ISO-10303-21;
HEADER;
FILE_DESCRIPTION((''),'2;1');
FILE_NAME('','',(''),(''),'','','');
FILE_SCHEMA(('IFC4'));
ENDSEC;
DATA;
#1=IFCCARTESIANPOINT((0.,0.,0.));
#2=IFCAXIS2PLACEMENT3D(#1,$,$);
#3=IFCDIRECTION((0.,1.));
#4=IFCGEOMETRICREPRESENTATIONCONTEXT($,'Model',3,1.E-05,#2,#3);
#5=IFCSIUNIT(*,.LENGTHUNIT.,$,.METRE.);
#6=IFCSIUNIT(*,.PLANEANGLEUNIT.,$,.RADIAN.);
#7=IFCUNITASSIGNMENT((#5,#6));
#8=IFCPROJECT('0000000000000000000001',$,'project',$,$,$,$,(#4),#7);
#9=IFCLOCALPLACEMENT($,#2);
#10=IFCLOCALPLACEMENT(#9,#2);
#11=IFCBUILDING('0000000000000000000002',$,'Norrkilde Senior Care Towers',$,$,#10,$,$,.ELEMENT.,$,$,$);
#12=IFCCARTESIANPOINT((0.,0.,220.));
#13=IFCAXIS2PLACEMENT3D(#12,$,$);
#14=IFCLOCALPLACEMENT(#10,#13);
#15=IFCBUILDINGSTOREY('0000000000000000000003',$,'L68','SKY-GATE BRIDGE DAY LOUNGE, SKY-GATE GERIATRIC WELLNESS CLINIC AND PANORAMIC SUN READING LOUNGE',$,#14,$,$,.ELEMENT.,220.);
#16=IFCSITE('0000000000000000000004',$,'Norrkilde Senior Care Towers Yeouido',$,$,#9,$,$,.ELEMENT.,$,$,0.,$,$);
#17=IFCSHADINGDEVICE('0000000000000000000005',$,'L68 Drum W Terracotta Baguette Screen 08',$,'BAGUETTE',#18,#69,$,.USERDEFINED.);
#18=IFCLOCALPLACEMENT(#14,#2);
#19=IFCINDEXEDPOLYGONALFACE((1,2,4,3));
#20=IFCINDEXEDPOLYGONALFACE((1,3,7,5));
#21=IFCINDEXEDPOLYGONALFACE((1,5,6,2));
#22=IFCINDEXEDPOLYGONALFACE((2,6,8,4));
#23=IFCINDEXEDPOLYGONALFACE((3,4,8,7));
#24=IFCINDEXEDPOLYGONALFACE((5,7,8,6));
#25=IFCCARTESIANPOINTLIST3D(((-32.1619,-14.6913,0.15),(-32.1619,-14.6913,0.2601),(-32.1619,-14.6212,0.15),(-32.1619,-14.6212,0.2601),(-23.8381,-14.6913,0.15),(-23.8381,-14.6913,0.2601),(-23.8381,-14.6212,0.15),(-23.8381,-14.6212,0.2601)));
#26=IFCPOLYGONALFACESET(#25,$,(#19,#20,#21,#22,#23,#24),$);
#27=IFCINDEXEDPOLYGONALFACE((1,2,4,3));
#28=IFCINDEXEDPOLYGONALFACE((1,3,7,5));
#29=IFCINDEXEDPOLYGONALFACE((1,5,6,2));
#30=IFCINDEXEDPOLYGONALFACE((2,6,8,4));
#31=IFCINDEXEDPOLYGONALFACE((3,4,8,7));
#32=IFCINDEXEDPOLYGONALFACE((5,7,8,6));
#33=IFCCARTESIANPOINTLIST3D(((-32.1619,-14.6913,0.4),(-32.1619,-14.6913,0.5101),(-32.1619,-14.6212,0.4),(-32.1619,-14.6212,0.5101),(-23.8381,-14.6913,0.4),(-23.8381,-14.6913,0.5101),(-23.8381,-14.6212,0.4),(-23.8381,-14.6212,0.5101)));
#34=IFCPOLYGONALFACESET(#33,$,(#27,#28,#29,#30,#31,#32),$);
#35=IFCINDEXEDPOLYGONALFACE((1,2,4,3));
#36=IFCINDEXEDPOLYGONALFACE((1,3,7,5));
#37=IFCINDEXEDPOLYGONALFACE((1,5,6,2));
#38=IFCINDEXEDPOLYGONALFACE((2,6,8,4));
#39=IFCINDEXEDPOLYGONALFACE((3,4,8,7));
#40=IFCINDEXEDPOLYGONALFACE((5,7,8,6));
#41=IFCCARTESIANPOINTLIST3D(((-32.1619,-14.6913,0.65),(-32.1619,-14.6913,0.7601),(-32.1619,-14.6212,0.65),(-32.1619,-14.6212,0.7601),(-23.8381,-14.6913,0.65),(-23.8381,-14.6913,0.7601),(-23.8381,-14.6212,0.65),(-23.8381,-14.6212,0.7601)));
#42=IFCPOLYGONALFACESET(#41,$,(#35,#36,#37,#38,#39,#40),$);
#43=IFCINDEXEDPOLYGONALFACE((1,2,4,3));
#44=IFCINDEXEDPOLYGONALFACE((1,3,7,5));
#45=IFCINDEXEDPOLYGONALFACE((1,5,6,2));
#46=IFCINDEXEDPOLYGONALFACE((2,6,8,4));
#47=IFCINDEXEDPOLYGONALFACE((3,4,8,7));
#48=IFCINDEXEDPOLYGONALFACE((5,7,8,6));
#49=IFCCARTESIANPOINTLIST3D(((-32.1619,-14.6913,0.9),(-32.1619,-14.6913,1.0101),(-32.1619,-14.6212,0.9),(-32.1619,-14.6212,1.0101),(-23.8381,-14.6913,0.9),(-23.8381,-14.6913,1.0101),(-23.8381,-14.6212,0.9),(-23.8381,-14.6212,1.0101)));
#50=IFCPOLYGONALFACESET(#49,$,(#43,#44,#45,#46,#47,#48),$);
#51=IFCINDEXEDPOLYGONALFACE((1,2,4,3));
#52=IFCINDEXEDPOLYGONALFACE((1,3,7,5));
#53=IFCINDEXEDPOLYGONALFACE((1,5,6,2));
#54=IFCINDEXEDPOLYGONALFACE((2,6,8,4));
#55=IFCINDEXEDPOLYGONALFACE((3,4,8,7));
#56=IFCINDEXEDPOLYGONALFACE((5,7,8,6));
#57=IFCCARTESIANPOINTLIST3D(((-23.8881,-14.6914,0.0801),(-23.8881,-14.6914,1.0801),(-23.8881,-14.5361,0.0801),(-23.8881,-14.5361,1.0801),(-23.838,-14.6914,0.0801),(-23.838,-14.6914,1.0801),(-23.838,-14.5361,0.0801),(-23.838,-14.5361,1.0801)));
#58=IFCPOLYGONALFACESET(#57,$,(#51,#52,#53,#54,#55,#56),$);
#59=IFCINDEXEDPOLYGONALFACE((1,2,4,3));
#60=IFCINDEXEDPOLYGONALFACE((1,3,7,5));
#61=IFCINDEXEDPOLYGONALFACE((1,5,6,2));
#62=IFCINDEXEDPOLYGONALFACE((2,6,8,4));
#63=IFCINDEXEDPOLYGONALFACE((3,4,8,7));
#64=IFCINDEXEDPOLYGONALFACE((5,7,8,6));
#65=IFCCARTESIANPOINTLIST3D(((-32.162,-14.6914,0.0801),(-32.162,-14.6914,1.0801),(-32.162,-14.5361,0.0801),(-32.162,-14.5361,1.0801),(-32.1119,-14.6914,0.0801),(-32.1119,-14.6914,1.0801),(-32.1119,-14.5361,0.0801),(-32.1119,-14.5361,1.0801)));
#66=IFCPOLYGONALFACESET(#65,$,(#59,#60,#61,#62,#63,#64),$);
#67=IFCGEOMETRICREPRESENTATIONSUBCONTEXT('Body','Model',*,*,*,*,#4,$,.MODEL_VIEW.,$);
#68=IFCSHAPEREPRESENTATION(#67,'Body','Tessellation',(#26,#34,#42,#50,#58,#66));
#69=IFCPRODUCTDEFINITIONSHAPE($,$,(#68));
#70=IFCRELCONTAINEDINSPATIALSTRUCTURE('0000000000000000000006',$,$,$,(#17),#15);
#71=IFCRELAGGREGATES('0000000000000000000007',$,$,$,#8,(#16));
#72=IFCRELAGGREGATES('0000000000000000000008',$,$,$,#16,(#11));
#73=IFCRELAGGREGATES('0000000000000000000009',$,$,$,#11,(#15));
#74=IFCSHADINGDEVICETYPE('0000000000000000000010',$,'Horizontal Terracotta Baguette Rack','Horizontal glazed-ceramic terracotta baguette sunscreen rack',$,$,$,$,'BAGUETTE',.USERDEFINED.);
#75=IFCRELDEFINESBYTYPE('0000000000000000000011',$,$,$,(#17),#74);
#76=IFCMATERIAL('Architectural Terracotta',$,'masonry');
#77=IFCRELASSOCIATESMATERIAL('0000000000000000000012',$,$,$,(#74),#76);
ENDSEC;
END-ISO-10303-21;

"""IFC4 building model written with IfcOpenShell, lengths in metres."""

from ifc_helpers import new_model, si_unit, direction, frame, origin, origin_2d, place, context, subcontext, project, spatial, rectangle, extrude, source, transform, mapped, material, type_object, type_shapes, element, save


model = new_model("IFC4")

# Units and contexts
model_context = context("Model", 3, precision=1e-05, world=origin(), true_north=direction((0.0, 1.0)))
body_context = subcontext(model_context, "Body", "Model", "MODEL_VIEW")
ifc_project = project(units=[si_unit("LENGTHUNIT", "METRE"), si_unit("PLANEANGLEUNIT", "RADIAN")], contexts=[model_context])

# Site, building, storey
site_placement = place(None, origin())
site = spatial("IfcSite", under=ifc_project, at=site_placement, Name="Norrkilde Senior Care Towers Yeouido", CompositionType="ELEMENT", RefElevation=0.0)
building_placement = place(site_placement, origin())
building = spatial("IfcBuilding", under=site, at=building_placement, Name="Norrkilde Senior Care Towers", CompositionType="ELEMENT")
storey_placement = place(building_placement, frame((0.0, 0.0, 220.0)))
storey = spatial("IfcBuildingStorey", under=building, at=storey_placement, Name="L68", Description="SKY-GATE BRIDGE DAY LOUNGE, SKY-GATE GERIATRIC WELLNESS CLINIC AND PANORAMIC SUN READING LOUNGE", CompositionType="ELEMENT", Elevation=220.0)

# Shading device
ifc_material_1 = material(Name="Architectural Terracotta", Category="masonry")
shading_device_type = type_object("IfcShadingDeviceType", Name="Horizontal Terracotta Baguette Rack", Description="Horizontal glazed-ceramic terracotta baguette sunscreen rack", ElementType="BAGUETTE", PredefinedType="USERDEFINED", material=ifc_material_1)
shared_shape_1 = source(origin(), body_context, "Body", "SweptSolid", [
    extrude(rectangle(XDim=0.0701, YDim=0.1101, at=origin_2d()), frame((0.0, 0.0901, 0.125), z_axis=(1.0, 0.0, 0.0), x_axis=(0.0, 1.0, 0.0)), (0.0, 0.0, 1.0), 8.3237),
    extrude(rectangle(XDim=0.0701, YDim=0.1101, at=origin_2d()), frame((0.0, 0.0901, 0.375), z_axis=(1.0, 0.0, 0.0), x_axis=(0.0, 1.0, 0.0)), (0.0, 0.0, 1.0), 8.3237),
    extrude(rectangle(XDim=0.0701, YDim=0.1101, at=origin_2d()), frame((0.0, 0.0901, 0.625), z_axis=(1.0, 0.0, 0.0), x_axis=(0.0, 1.0, 0.0)), (0.0, 0.0, 1.0), 8.3237),
    extrude(rectangle(XDim=0.0701, YDim=0.1101, at=origin_2d()), frame((0.0, 0.0901, 0.875), z_axis=(1.0, 0.0, 0.0), x_axis=(0.0, 1.0, 0.0)), (0.0, 0.0, 1.0), 8.3237),
    extrude(rectangle(XDim=0.05, YDim=0.1553, at=origin_2d()), frame((0.0249, 0.0476, 0.0)), (0.0, 0.0, 1.0), 1.0),
    extrude(rectangle(XDim=0.05, YDim=0.1553, at=origin_2d()), frame((8.2988, 0.0476, 0.0)), (0.0, 0.0, 1.0), 1.0),
])
type_shapes(shading_device_type, [shared_shape_1])
shading_device_placement = place(storey_placement, frame((-23.8381, -14.5662, 0.0801), z_axis=(0.0, 0.0, 1.0), x_axis=(-1.0, 0.0, 0.0)))
element("IfcShadingDevice", 1, at=shading_device_placement, inside=storey, type_object=shading_device_type, Name="L68 Drum W Terracotta Baguette Screen 08", ObjectType="BAGUETTE", PredefinedType="USERDEFINED", context=body_context, shape_type="MappedRepresentation", body=[
    mapped(shared_shape_1, transform((0.0, 0.0, 0.0), x_axis=(1.0, 0.0, 0.0), y_axis=(0.0, 1.0, 0.0), z_axis=(0.0, 0.0, 1.0), scale=1.0)),
])

save(model, "model.ifc")
